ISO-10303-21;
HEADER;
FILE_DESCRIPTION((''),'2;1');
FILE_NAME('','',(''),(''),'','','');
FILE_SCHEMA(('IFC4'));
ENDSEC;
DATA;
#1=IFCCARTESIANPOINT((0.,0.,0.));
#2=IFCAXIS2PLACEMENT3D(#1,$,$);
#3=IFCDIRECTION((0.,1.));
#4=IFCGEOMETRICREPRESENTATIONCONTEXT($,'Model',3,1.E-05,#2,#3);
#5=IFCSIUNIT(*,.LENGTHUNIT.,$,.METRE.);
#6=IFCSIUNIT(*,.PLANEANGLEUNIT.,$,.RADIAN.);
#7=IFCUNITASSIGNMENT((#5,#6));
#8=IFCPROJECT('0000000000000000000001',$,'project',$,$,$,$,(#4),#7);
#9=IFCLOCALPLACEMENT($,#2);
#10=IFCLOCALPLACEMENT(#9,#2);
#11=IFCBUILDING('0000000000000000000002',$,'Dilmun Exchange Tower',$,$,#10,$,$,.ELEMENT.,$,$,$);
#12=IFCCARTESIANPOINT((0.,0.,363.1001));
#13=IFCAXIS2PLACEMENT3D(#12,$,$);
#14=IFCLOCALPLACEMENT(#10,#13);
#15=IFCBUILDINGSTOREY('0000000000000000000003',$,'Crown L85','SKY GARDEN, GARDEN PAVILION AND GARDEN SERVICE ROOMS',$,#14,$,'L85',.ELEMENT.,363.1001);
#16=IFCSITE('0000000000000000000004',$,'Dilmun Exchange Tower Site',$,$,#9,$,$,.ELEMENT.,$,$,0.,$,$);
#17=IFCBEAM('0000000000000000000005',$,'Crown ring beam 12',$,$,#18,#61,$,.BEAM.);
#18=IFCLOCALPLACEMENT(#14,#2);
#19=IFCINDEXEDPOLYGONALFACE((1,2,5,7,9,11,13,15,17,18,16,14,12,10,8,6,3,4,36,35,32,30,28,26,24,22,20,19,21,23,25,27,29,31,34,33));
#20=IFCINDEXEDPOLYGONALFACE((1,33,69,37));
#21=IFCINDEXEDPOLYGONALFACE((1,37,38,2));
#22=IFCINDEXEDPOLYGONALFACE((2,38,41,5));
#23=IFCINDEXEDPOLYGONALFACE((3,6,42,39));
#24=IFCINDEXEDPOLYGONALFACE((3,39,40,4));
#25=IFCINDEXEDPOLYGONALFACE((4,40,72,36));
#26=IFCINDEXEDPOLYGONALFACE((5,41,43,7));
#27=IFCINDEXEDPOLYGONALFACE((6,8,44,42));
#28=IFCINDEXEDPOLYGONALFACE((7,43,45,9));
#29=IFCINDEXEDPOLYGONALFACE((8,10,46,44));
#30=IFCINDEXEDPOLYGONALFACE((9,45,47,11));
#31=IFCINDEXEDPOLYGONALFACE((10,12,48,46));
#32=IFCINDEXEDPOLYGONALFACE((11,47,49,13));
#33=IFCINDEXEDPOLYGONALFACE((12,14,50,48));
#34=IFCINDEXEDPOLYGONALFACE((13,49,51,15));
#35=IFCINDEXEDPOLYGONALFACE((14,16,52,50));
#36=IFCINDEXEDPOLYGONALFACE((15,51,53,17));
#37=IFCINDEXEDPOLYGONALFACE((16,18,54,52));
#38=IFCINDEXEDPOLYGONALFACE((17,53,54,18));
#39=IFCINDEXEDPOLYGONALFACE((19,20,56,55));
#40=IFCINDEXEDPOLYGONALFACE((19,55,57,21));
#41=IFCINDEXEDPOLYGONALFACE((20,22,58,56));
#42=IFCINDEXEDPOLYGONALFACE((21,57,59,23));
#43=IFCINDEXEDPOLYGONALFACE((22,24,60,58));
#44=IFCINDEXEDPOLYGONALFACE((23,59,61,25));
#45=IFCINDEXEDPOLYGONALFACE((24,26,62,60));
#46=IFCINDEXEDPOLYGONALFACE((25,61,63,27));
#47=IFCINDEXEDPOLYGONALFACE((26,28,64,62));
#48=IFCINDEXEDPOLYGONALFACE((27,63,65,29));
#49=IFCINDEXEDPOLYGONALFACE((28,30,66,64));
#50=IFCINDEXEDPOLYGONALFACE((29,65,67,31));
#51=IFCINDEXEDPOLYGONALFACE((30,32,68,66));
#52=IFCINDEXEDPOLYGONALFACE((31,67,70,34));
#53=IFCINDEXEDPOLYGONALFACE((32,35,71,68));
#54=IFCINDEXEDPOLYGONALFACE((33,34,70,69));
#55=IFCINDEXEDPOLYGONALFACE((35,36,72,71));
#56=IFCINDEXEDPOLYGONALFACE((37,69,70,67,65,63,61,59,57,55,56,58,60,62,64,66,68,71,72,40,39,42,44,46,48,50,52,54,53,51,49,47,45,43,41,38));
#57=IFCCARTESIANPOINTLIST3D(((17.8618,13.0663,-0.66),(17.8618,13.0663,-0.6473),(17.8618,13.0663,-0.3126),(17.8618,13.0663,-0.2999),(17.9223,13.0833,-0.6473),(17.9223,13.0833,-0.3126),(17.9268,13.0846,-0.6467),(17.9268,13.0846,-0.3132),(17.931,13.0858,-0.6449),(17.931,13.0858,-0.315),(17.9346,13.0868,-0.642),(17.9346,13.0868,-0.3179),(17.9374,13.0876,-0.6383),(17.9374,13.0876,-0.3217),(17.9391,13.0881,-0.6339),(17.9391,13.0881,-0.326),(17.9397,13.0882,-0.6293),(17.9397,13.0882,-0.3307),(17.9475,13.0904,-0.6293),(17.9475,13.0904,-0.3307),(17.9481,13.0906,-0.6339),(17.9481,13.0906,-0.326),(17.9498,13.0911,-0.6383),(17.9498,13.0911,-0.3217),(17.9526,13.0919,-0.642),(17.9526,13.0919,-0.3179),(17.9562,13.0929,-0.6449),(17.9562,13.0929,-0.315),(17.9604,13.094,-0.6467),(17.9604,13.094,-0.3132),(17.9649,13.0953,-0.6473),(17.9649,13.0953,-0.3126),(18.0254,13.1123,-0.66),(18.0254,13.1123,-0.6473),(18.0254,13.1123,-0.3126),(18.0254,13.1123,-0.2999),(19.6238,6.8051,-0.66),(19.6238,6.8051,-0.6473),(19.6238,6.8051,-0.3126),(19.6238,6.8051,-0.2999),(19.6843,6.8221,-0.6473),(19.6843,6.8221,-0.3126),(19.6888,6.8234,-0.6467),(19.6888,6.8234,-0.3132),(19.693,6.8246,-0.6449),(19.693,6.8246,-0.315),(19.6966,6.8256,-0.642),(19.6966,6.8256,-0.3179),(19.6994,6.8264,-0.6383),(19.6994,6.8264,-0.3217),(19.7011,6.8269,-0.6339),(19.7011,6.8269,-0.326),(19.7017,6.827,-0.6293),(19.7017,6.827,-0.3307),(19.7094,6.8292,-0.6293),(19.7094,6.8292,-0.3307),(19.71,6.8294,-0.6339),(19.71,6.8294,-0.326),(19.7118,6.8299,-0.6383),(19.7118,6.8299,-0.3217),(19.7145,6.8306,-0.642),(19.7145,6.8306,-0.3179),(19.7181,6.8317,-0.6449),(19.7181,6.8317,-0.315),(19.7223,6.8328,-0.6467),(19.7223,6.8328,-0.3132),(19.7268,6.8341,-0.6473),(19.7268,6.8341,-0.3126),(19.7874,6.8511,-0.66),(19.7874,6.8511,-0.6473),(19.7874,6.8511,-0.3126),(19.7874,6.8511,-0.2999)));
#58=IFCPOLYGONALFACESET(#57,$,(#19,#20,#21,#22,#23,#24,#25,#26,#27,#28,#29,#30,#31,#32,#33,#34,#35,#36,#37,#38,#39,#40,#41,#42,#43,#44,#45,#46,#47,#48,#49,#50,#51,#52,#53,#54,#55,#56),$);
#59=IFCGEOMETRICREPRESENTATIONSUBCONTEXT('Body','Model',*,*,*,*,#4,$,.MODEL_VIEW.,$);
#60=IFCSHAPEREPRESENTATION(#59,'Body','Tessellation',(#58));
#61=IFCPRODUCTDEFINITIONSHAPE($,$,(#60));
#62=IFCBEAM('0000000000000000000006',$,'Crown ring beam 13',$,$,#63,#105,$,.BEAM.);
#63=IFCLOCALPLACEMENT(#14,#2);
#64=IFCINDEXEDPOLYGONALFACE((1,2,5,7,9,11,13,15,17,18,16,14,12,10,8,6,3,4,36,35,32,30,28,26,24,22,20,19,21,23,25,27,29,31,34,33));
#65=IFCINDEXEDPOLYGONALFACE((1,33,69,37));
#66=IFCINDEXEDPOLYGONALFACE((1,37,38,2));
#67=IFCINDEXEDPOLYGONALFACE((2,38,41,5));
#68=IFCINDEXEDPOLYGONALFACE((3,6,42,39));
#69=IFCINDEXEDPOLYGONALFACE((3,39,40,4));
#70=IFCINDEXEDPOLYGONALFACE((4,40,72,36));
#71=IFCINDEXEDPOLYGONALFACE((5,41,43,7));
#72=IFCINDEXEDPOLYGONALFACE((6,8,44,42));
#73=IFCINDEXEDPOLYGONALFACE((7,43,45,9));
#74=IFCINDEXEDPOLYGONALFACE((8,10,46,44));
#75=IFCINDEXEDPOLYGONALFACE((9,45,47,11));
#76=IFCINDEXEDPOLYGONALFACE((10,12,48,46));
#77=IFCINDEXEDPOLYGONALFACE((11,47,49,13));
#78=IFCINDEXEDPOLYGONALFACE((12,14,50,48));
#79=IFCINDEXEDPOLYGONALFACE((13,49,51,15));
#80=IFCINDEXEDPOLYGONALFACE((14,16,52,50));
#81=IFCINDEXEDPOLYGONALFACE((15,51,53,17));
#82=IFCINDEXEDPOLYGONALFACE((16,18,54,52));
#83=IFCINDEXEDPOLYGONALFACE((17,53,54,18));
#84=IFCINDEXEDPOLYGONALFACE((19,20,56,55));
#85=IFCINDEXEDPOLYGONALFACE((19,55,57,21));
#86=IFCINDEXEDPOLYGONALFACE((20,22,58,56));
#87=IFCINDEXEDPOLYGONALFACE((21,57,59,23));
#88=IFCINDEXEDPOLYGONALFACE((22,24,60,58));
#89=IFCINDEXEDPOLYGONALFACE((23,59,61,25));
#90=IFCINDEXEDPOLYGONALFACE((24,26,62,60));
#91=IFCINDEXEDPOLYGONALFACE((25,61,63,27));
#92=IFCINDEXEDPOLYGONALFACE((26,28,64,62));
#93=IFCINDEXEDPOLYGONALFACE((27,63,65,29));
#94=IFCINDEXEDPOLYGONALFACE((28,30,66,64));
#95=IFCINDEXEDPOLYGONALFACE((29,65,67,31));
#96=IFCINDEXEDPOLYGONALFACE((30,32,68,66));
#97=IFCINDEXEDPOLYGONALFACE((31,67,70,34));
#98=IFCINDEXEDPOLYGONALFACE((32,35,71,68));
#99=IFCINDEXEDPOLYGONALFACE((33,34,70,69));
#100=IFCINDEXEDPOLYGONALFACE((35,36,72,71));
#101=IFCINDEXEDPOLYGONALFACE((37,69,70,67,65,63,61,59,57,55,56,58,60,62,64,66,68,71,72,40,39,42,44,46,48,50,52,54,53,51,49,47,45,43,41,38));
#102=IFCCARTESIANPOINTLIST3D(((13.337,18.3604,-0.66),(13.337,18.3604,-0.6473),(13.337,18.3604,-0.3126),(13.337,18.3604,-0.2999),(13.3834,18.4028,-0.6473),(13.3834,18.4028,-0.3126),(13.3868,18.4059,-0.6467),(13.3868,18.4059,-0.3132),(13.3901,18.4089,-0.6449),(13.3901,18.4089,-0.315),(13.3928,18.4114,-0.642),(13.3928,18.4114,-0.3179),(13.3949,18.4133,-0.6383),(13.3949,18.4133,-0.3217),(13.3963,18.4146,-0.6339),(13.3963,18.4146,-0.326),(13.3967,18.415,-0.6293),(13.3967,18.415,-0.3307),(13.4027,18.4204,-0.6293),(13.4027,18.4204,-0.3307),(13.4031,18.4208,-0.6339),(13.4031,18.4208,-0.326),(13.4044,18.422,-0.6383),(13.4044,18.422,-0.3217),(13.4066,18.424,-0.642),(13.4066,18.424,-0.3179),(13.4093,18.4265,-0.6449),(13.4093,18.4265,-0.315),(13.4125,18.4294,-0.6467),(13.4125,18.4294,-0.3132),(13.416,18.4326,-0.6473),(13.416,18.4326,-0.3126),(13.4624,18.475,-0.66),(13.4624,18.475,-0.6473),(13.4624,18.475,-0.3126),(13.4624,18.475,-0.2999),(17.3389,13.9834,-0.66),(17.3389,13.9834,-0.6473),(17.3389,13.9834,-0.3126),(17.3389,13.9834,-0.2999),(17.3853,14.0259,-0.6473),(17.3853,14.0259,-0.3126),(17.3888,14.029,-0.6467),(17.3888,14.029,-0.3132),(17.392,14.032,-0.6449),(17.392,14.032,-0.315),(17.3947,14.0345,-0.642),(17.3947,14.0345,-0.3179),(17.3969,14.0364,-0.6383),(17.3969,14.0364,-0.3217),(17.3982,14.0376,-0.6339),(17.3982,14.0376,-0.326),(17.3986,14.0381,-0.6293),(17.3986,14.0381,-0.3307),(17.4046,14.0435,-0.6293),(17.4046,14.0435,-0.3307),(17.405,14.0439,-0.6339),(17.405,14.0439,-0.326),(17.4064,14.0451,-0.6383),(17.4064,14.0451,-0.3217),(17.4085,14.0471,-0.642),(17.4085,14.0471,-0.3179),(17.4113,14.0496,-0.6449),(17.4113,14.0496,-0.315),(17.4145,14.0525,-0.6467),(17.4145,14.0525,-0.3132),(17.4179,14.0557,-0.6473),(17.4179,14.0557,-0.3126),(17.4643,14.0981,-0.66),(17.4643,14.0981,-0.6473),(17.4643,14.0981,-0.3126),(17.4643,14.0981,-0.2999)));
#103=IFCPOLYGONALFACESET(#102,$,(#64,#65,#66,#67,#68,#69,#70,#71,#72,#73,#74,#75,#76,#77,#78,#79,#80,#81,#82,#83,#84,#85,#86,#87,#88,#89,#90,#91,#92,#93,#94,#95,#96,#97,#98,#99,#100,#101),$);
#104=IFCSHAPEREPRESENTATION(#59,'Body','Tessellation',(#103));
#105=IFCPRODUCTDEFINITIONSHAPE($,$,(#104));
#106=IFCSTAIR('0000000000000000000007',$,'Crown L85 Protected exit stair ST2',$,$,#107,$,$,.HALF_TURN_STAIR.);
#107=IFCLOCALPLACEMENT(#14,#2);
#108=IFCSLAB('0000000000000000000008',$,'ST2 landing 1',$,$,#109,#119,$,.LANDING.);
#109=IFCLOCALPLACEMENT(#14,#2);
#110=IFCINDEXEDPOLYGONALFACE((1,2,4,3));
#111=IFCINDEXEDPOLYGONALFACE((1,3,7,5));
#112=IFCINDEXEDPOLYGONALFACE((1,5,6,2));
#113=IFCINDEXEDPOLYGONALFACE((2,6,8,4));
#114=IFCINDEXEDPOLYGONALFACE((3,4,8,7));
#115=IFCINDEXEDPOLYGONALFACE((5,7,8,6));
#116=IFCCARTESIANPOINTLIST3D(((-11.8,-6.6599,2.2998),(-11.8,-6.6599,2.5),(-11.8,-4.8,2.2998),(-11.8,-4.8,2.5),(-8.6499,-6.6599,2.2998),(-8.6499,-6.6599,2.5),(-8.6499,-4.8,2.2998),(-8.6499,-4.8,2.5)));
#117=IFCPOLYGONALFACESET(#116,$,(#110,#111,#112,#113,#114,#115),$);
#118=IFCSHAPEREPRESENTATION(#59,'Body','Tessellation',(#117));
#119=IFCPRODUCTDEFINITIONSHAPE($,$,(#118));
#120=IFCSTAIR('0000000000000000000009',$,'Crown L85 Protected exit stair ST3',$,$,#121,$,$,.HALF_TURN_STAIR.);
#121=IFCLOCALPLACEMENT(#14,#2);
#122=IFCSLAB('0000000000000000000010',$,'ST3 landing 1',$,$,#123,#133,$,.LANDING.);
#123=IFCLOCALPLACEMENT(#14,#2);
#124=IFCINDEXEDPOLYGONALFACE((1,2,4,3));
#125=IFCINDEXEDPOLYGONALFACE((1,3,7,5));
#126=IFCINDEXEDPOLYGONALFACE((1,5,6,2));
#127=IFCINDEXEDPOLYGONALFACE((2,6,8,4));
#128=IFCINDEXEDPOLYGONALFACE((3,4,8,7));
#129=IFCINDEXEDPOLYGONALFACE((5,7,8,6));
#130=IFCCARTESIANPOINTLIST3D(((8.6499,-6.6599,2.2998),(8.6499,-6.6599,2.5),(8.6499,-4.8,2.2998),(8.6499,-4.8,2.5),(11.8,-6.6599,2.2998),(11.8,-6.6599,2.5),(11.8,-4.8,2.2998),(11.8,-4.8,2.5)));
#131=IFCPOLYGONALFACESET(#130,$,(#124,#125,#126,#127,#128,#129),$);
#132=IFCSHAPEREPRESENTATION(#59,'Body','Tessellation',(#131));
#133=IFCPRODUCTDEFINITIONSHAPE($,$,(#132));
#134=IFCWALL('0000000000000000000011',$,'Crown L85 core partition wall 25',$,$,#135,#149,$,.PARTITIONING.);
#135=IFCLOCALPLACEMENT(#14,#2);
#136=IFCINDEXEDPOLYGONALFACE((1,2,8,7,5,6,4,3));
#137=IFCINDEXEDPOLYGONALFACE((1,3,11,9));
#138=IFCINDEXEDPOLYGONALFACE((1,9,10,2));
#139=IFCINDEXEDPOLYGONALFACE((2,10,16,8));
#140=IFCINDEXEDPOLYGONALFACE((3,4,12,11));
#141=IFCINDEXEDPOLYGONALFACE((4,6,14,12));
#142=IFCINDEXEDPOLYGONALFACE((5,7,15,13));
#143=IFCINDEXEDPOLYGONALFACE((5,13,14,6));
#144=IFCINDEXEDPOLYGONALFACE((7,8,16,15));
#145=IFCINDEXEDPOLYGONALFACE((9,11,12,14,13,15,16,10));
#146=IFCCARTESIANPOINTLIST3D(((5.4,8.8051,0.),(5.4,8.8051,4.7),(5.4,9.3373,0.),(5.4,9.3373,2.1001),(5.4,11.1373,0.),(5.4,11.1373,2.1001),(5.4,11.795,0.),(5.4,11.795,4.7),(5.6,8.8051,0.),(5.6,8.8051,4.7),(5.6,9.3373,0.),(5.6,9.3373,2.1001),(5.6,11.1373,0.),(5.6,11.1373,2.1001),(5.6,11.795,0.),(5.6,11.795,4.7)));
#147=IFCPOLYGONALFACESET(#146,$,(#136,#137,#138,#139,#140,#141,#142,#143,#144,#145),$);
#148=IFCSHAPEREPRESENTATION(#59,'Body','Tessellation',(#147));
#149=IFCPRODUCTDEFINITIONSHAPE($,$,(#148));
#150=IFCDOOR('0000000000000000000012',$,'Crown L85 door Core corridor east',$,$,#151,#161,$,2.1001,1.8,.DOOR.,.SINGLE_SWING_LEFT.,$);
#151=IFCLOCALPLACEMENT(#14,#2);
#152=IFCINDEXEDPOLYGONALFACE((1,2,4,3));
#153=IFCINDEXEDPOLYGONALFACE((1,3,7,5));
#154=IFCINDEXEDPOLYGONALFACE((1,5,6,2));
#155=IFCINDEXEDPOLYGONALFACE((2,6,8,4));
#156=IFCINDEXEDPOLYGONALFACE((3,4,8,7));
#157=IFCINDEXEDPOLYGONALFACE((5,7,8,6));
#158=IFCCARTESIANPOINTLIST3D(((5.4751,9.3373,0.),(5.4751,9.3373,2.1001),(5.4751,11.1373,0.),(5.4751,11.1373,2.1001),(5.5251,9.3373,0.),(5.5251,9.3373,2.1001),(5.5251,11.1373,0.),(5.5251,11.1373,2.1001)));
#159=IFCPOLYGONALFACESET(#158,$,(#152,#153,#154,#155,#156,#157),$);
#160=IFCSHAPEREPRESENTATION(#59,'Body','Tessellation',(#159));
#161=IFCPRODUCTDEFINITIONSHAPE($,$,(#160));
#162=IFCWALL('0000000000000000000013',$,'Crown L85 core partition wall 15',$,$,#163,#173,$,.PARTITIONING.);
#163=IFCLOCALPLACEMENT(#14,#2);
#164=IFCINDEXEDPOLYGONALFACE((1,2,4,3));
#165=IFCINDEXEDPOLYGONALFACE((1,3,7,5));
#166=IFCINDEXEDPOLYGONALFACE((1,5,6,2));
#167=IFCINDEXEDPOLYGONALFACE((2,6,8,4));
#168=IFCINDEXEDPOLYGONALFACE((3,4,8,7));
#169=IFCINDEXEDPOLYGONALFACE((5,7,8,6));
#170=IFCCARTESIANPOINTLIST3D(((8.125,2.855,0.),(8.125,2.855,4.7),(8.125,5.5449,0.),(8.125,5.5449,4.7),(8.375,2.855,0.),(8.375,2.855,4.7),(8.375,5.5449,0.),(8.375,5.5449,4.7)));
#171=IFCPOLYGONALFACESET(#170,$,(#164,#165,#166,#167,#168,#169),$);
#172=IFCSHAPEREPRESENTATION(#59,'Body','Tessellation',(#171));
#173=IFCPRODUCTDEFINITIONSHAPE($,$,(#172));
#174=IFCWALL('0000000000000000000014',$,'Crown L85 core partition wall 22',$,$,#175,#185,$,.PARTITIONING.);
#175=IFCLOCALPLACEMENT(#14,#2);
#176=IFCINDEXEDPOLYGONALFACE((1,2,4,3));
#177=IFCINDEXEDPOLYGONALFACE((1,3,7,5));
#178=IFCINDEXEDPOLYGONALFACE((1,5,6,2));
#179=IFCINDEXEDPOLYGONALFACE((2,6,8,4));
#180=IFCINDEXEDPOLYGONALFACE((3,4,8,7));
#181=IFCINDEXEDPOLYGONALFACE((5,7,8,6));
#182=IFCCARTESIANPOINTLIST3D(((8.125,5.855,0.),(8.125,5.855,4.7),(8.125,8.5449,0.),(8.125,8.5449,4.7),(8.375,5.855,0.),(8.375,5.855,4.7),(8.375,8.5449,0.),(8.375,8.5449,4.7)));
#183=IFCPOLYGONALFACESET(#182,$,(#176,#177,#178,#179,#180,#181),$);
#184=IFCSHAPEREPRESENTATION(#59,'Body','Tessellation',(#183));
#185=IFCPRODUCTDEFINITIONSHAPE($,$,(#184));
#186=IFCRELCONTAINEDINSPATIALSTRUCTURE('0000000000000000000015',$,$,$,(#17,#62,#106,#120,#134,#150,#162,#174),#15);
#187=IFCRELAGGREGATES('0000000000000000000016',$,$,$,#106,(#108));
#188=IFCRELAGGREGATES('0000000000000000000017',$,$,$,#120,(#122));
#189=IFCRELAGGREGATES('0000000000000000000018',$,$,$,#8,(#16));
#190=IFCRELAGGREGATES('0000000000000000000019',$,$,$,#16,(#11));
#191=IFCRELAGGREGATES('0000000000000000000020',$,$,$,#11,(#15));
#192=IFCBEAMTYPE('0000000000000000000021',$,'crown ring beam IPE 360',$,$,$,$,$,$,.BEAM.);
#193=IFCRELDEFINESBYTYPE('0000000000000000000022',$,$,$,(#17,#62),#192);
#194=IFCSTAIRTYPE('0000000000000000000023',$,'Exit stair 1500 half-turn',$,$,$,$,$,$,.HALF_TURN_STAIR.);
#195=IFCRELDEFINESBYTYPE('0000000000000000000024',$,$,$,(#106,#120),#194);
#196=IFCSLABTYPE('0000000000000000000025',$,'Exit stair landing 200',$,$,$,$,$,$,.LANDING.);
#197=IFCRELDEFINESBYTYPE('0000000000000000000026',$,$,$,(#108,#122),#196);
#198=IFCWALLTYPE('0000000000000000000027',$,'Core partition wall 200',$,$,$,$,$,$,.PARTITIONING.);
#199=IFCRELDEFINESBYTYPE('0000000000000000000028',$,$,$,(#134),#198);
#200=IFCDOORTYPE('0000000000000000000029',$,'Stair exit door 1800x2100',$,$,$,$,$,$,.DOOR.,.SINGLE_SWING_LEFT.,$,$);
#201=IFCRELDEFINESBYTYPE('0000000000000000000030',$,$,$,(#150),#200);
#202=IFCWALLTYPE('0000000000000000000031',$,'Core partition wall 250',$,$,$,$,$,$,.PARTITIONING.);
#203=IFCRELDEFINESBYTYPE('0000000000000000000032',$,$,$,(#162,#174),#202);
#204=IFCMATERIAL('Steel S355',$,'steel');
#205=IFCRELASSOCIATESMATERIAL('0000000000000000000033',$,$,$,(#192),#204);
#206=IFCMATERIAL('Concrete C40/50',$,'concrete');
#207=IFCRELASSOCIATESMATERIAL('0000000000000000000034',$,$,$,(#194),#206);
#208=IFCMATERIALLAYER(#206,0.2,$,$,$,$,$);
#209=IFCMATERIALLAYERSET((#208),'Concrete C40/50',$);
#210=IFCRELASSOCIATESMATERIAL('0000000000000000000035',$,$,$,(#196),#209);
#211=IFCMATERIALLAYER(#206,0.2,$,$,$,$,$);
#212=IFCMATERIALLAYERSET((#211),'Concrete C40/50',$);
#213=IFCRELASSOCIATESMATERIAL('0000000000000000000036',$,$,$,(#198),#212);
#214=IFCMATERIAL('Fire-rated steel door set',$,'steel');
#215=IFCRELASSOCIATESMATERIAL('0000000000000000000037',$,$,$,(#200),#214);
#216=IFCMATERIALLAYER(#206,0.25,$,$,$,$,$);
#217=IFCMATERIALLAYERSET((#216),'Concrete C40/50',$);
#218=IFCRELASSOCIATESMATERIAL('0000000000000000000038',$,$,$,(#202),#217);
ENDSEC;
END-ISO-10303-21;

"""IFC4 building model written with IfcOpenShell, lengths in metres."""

from ifc_helpers import new_model, si_unit, direction, frame, frame_2d, origin, origin_2d, place, context, subcontext, project, spatial, polyline, rectangle, i_section, outline, extrude, material, layer, layer_set, material_profile, profile_set, type_object, element, fill, aggregate, save


model = new_model("IFC4")

# Units and contexts
model_context = context("Model", 3, precision=1e-05, world=origin(), true_north=direction((0.0, 1.0)))
body_context = subcontext(model_context, "Body", "Model", "MODEL_VIEW")
ifc_project = project(units=[si_unit("LENGTHUNIT", "METRE"), si_unit("PLANEANGLEUNIT", "RADIAN")], contexts=[model_context])

# Site, building, storey
site_placement = place(None, origin())
site = spatial("IfcSite", under=ifc_project, at=site_placement, Name="Dilmun Exchange Tower Site", CompositionType="ELEMENT", RefElevation=0.0)
building_placement = place(site_placement, origin())
building = spatial("IfcBuilding", under=site, at=building_placement, Name="Dilmun Exchange Tower", CompositionType="ELEMENT")
storey_placement = place(building_placement, frame((0.0, 0.0, 363.1001)))
storey = spatial("IfcBuildingStorey", under=building, at=storey_placement, Name="Crown L85", Description="SKY GARDEN, GARDEN PAVILION AND GARDEN SERVICE ROOMS", LongName="L85", CompositionType="ELEMENT", Elevation=363.1001)

# Beams
ifc_material_1 = material(Name="Steel S355", Category="steel")
ifc_material_profile_1 = material_profile(ifc_material_1, i_section(OverallWidth=0.1699, OverallDepth=0.3601, WebThickness=0.0081, FlangeThickness=0.0127, FilletRadius=0.0181, at=origin_2d()), Name="IPE 360")
ifc_profile_set_1 = profile_set([ifc_material_profile_1], Name="Steel S355")
beam_type_1 = type_object("IfcBeamType", Name="crown ring beam IPE 360", PredefinedType="BEAM", material=ifc_profile_set_1)
beam_1_placement = place(storey_placement, frame((19.7056, 6.8281, -0.48), z_axis=(-0.270887, 0.962611, 0.0), x_axis=(-0.962611, -0.270887, 0.0)))
element("IfcBeam", 1, at=beam_1_placement, inside=storey, type_object=beam_type_1, Name="Crown ring beam 12", PredefinedType="BEAM", context=body_context, shape_type="SweptSolid", body=[
    extrude(i_section(OverallWidth=0.1699, OverallDepth=0.3601, WebThickness=0.0081, FlangeThickness=0.0127, FilletRadius=0.0181, at=origin_2d()), origin(), (0.0, 0.0, 1.0), 6.5044),
])
beam_2_placement = place(storey_placement, frame((17.4016, 14.0408, -0.48), z_axis=(-0.674785, 0.738015, 0.0), x_axis=(-0.738015, -0.674785, 0.0)))
element("IfcBeam", 2, at=beam_2_placement, inside=storey, type_object=beam_type_1, Name="Crown ring beam 13", PredefinedType="BEAM", context=body_context, shape_type="SweptSolid", body=[
    extrude(i_section(OverallWidth=0.1699, OverallDepth=0.3601, WebThickness=0.0081, FlangeThickness=0.0127, FilletRadius=0.0181, at=origin_2d()), origin(), (0.0, 0.0, 1.0), 5.9307),
])

# Stairs, slabs
ifc_material_2 = material(Name="Concrete C40/50", Category="concrete")
stair_type = type_object("IfcStairType", Name="Exit stair 1500 half-turn", PredefinedType="HALF_TURN_STAIR", material=ifc_material_2)
stair_1_placement = place(storey_placement, origin())
stair_1 = element("IfcStair", 3, at=stair_1_placement, inside=storey, type_object=stair_type, Name="Crown L85 Protected exit stair ST2", PredefinedType="HALF_TURN_STAIR")
ifc_layer_1 = layer(ifc_material_2, 0.2)
ifc_layer_set_1 = layer_set([ifc_layer_1], Name="Concrete C40/50")
slab_type = type_object("IfcSlabType", Name="Exit stair landing 200", PredefinedType="LANDING", material=ifc_layer_set_1)
slab_1_placement = place(storey_placement, frame((0.0, 0.0, 2.2998)))
slab_1 = element("IfcSlab", 4, at=slab_1_placement, type_object=slab_type, Name="ST2 landing 1", PredefinedType="LANDING", context=body_context, shape_type="SweptSolid", body=[
    extrude(outline(polyline([(-8.6499, -6.6599), (-8.6499, -4.8), (-11.8, -4.8), (-11.8, -6.6599), (-8.6499, -6.6599)])), origin(), (0.0, 0.0, 1.0), 0.2002),
])
aggregate(stair_1, [slab_1])
stair_2_placement = place(storey_placement, origin())
stair_2 = element("IfcStair", 5, at=stair_2_placement, inside=storey, type_object=stair_type, Name="Crown L85 Protected exit stair ST3", PredefinedType="HALF_TURN_STAIR")
slab_2_placement = place(storey_placement, frame((0.0, 0.0, 2.2998)))
slab_2 = element("IfcSlab", 6, at=slab_2_placement, type_object=slab_type, Name="ST3 landing 1", PredefinedType="LANDING", context=body_context, shape_type="SweptSolid", body=[
    extrude(outline(polyline([(11.8, -6.6599), (11.8, -4.8), (8.6499, -4.8), (8.6499, -6.6599), (11.8, -6.6599)])), origin(), (0.0, 0.0, 1.0), 0.2002),
])
aggregate(stair_2, [slab_2])

# Wall, opening, door
ifc_layer_2 = layer(ifc_material_2, 0.2)
ifc_layer_set_2 = layer_set([ifc_layer_2], Name="Concrete C40/50")
wall_type_1 = type_object("IfcWallType", Name="Core partition wall 200", PredefinedType="PARTITIONING", material=ifc_layer_set_2)
wall_1_placement = place(storey_placement, frame((5.5, 8.8049, 0.0), z_axis=(0.0, 0.0, 1.0), x_axis=(0.0, 1.0, 0.0)))
wall_1 = element("IfcWall", 7, at=wall_1_placement, inside=storey, type_object=wall_type_1, Name="Crown L85 core partition wall 25", PredefinedType="PARTITIONING", context=body_context, shape_type="SweptSolid", body=[
    extrude(rectangle(XDim=2.99, YDim=0.2, at=frame_2d((1.4951, 0.0))), origin(), (0.0, 0.0, 1.0), 4.7),
])
opening_1_placement = place(wall_1_placement, frame((0.5325, 0.0, 0.0)))
opening_1 = element("IfcOpeningElement", 8, at=opening_1_placement, cuts=wall_1, PredefinedType="OPENING", context=body_context, shape_type="SweptSolid", body=[
    extrude(rectangle(XDim=1.8, YDim=2.1001, at=frame_2d((0.8999, 1.05))), frame((0.0, 0.1099, 0.0), z_axis=(0.0, -1.0, 0.0), x_axis=(1.0, 0.0, 0.0)), (0.0, 0.0, 1.0), 0.22),
])
ifc_material_3 = material(Name="Fire-rated steel door set", Category="steel")
door_type_1 = type_object("IfcDoorType", Name="Stair exit door 1800x2100", OperationType="SINGLE_SWING_LEFT", PredefinedType="DOOR", material=ifc_material_3)
door_1_placement = place(opening_1_placement, origin())
door_1 = element("IfcDoor", 9, at=door_1_placement, inside=storey, type_object=door_type_1, Name="Crown L85 door Core corridor east", OperationType="SINGLE_SWING_LEFT", OverallHeight=2.1001, OverallWidth=1.8, PredefinedType="DOOR", context=body_context, shape_type="SweptSolid", body=[
    extrude(rectangle(XDim=1.8, YDim=2.1001, at=frame_2d((0.8999, 1.05))), frame((0.0, 0.0249, 0.0), z_axis=(0.0, -1.0, 0.0), x_axis=(1.0, 0.0, 0.0)), (0.0, 0.0, 1.0), 0.05),
])
fill(opening_1, door_1)

# Walls
ifc_layer_3 = layer(ifc_material_2, 0.25)
ifc_layer_set_3 = layer_set([ifc_layer_3], Name="Concrete C40/50")
wall_type_2 = type_object("IfcWallType", Name="Core partition wall 250", PredefinedType="PARTITIONING", material=ifc_layer_set_3)
for number, where, z_axis, x_axis, name in (
    (10, (8.25, 2.855, 0.0), (0.0, 0.0, 1.0), (0.0, 1.0, 0.0), "Crown L85 core partition wall 15"),
    (11, (8.25, 5.855, 0.0), (0.0, 0.0, 1.0), (0.0, 1.0, 0.0), "Crown L85 core partition wall 22"),
):
    element("IfcWall", number, at=place(storey_placement, frame(where, z_axis=z_axis, x_axis=x_axis)), inside=storey, type_object=wall_type_2, Name=name, PredefinedType="PARTITIONING", context=body_context, shape_type="SweptSolid", body=[
        extrude(rectangle(XDim=2.6899, YDim=0.25, at=frame_2d((1.345, 0.0))), origin(), (0.0, 0.0, 1.0), 4.7),
    ])

save(model, "model.ifc")
